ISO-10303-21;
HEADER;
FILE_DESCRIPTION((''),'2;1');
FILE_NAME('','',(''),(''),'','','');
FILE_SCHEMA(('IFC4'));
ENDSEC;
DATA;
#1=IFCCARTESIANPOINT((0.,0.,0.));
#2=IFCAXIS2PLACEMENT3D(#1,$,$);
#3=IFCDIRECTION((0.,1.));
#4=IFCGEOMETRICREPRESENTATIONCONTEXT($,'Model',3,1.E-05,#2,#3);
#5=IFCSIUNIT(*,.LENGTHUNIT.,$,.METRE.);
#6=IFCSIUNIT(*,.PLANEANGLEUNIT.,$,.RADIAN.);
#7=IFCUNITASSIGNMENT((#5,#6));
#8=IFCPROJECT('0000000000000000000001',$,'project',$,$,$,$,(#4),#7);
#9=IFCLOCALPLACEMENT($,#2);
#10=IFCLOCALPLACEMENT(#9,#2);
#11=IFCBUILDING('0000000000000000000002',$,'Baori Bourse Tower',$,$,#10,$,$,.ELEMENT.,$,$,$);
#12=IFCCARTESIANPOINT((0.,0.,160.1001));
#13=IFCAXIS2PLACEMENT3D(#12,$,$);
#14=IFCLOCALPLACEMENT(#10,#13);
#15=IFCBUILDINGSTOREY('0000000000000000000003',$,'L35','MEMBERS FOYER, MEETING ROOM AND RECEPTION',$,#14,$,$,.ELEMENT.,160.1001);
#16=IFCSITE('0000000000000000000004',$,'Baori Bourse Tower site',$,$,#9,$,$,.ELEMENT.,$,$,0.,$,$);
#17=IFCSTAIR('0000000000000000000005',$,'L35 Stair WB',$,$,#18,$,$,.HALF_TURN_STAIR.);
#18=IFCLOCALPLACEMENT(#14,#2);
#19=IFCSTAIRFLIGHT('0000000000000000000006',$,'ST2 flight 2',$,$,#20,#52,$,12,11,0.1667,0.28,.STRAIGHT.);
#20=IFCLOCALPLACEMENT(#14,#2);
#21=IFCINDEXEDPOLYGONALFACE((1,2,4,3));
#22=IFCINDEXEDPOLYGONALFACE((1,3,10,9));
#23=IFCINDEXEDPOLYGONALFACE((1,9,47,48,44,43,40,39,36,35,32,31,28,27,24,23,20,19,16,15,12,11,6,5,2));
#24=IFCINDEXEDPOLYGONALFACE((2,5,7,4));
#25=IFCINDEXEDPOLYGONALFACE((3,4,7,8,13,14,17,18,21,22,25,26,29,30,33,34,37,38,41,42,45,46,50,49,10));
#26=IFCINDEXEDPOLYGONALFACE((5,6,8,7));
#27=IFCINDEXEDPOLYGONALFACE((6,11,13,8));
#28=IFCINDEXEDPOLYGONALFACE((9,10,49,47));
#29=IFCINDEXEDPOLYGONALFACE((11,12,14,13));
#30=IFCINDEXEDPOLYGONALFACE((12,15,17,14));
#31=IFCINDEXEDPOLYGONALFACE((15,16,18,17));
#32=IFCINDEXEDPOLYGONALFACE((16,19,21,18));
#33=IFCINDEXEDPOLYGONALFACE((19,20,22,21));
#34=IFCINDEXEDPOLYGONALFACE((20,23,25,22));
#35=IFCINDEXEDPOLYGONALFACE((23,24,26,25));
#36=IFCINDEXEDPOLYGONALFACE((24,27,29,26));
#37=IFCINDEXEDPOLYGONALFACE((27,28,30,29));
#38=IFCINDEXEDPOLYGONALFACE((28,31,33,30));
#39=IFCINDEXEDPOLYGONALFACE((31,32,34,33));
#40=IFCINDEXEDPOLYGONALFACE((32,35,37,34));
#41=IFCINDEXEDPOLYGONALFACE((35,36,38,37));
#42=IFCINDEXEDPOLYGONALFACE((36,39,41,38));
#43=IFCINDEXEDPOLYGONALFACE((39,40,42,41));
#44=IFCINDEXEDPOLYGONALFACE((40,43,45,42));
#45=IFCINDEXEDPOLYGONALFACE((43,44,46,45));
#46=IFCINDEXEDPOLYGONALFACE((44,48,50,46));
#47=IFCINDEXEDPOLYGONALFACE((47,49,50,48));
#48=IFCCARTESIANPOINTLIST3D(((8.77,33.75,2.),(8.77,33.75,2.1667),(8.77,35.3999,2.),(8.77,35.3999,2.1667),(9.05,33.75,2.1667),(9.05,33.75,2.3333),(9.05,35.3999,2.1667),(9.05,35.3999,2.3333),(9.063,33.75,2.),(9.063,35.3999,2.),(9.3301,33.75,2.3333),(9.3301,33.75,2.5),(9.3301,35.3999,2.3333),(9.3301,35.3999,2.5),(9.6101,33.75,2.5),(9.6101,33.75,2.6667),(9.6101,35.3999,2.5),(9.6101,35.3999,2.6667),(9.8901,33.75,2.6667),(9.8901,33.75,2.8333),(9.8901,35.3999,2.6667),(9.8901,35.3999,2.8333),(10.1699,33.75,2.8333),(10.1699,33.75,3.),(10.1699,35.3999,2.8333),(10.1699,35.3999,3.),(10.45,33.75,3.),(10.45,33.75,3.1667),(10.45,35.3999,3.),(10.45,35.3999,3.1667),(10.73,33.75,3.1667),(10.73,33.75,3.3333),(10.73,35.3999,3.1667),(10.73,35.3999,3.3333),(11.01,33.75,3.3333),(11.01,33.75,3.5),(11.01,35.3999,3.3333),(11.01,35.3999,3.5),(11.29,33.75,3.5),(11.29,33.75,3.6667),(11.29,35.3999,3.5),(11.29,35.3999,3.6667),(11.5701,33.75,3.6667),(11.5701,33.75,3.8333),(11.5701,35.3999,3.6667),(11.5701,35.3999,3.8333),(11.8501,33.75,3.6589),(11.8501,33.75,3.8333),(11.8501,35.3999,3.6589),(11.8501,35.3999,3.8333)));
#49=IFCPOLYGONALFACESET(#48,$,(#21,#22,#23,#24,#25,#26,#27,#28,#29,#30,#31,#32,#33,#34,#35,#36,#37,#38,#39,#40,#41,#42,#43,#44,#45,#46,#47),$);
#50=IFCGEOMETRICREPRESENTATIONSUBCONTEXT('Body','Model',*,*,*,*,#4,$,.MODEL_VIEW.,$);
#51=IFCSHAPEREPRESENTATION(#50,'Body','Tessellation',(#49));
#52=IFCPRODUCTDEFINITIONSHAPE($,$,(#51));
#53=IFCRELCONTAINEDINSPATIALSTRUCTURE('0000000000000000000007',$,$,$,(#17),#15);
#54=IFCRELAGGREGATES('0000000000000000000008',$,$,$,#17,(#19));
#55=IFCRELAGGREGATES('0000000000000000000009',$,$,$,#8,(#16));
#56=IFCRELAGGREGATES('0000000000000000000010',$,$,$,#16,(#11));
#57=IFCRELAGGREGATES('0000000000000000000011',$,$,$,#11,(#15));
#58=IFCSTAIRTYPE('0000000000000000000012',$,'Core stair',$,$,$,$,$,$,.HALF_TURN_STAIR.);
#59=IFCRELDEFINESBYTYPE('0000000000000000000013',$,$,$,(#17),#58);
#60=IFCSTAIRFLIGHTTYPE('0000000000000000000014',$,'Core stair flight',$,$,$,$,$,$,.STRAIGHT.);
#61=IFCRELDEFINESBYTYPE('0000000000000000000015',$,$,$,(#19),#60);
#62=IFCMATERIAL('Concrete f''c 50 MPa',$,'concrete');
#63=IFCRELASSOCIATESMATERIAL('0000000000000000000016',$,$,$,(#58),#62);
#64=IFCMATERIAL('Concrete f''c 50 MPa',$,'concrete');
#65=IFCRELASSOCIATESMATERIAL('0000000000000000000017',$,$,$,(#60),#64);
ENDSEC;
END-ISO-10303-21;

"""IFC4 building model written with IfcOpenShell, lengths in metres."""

from ifc_helpers import new_model, si_unit, direction, frame, origin, place, context, subcontext, project, spatial, polyline, outline, extrude, material, type_object, element, aggregate, save


model = new_model("IFC4")

# Units and contexts
model_context = context("Model", 3, precision=1e-05, world=origin(), true_north=direction((0.0, 1.0)))
body_context = subcontext(model_context, "Body", "Model", "MODEL_VIEW")
ifc_project = project(units=[si_unit("LENGTHUNIT", "METRE"), si_unit("PLANEANGLEUNIT", "RADIAN")], contexts=[model_context])

# Site, building, storey
site_placement = place(None, origin())
site = spatial("IfcSite", under=ifc_project, at=site_placement, Name="Baori Bourse Tower site", CompositionType="ELEMENT", RefElevation=0.0)
building_placement = place(site_placement, origin())
building = spatial("IfcBuilding", under=site, at=building_placement, Name="Baori Bourse Tower", CompositionType="ELEMENT")
storey_placement = place(building_placement, frame((0.0, 0.0, 160.1001)))
storey = spatial("IfcBuildingStorey", under=building, at=storey_placement, Name="L35", Description="MEMBERS FOYER, MEETING ROOM AND RECEPTION", CompositionType="ELEMENT", Elevation=160.1001)

# Stair, stair flight
ifc_material_1 = material(Name="Concrete f'c 50 MPa", Category="concrete")
stair_type = type_object("IfcStairType", Name="Core stair", PredefinedType="HALF_TURN_STAIR", material=ifc_material_1)
stair_placement = place(storey_placement, origin())
stair = element("IfcStair", 1, at=stair_placement, inside=storey, type_object=stair_type, Name="L35 Stair WB", PredefinedType="HALF_TURN_STAIR")
ifc_material_2 = material(Name="Concrete f'c 50 MPa", Category="concrete")
stair_flight_type = type_object("IfcStairFlightType", Name="Core stair flight", PredefinedType="STRAIGHT", material=ifc_material_2)
stair_flight_1_placement = place(storey_placement, frame((8.77, 34.575, 2.0), z_axis=(0.0, 0.0, 1.0), x_axis=(1.0, 0.0, 0.0)))
stair_flight_1 = element("IfcStairFlight", 2, at=stair_flight_1_placement, type_object=stair_flight_type, Name="ST2 flight 2", NumberOfRisers=12, NumberOfTreads=11, PredefinedType="STRAIGHT", RiserHeight=0.1667, TreadLength=0.28, context=body_context, shape_type="SweptSolid", body=[
    extrude(outline(polyline([(0.0, 0.0), (0.0, 0.1667), (0.28, 0.1667), (0.28, 0.3333), (0.5601, 0.3333), (0.5601, 0.5), (0.8401, 0.5), (0.8401, 0.6667), (1.1201, 0.6667), (1.1201, 0.8333), (1.3999, 0.8333), (1.3999, 1.0), (1.6799, 1.0), (1.6799, 1.1667), (1.96, 1.1667), (1.96, 1.3333), (2.24, 1.3333), (2.24, 1.5), (2.52, 1.5), (2.52, 1.6667), (2.8, 1.6667), (2.8, 1.8333), (3.0801, 1.8333), (3.0801, 2.0), (3.0801, 1.6589), (0.293, 0.0), (0.0, 0.0)])), frame((0.0, 0.825, 0.0), z_axis=(0.0, -1.0, 0.0), x_axis=(1.0, 0.0, 0.0)), (0.0, 0.0, 1.0), 1.6499),
])
aggregate(stair, [stair_flight_1])

save(model, "model.ifc")
